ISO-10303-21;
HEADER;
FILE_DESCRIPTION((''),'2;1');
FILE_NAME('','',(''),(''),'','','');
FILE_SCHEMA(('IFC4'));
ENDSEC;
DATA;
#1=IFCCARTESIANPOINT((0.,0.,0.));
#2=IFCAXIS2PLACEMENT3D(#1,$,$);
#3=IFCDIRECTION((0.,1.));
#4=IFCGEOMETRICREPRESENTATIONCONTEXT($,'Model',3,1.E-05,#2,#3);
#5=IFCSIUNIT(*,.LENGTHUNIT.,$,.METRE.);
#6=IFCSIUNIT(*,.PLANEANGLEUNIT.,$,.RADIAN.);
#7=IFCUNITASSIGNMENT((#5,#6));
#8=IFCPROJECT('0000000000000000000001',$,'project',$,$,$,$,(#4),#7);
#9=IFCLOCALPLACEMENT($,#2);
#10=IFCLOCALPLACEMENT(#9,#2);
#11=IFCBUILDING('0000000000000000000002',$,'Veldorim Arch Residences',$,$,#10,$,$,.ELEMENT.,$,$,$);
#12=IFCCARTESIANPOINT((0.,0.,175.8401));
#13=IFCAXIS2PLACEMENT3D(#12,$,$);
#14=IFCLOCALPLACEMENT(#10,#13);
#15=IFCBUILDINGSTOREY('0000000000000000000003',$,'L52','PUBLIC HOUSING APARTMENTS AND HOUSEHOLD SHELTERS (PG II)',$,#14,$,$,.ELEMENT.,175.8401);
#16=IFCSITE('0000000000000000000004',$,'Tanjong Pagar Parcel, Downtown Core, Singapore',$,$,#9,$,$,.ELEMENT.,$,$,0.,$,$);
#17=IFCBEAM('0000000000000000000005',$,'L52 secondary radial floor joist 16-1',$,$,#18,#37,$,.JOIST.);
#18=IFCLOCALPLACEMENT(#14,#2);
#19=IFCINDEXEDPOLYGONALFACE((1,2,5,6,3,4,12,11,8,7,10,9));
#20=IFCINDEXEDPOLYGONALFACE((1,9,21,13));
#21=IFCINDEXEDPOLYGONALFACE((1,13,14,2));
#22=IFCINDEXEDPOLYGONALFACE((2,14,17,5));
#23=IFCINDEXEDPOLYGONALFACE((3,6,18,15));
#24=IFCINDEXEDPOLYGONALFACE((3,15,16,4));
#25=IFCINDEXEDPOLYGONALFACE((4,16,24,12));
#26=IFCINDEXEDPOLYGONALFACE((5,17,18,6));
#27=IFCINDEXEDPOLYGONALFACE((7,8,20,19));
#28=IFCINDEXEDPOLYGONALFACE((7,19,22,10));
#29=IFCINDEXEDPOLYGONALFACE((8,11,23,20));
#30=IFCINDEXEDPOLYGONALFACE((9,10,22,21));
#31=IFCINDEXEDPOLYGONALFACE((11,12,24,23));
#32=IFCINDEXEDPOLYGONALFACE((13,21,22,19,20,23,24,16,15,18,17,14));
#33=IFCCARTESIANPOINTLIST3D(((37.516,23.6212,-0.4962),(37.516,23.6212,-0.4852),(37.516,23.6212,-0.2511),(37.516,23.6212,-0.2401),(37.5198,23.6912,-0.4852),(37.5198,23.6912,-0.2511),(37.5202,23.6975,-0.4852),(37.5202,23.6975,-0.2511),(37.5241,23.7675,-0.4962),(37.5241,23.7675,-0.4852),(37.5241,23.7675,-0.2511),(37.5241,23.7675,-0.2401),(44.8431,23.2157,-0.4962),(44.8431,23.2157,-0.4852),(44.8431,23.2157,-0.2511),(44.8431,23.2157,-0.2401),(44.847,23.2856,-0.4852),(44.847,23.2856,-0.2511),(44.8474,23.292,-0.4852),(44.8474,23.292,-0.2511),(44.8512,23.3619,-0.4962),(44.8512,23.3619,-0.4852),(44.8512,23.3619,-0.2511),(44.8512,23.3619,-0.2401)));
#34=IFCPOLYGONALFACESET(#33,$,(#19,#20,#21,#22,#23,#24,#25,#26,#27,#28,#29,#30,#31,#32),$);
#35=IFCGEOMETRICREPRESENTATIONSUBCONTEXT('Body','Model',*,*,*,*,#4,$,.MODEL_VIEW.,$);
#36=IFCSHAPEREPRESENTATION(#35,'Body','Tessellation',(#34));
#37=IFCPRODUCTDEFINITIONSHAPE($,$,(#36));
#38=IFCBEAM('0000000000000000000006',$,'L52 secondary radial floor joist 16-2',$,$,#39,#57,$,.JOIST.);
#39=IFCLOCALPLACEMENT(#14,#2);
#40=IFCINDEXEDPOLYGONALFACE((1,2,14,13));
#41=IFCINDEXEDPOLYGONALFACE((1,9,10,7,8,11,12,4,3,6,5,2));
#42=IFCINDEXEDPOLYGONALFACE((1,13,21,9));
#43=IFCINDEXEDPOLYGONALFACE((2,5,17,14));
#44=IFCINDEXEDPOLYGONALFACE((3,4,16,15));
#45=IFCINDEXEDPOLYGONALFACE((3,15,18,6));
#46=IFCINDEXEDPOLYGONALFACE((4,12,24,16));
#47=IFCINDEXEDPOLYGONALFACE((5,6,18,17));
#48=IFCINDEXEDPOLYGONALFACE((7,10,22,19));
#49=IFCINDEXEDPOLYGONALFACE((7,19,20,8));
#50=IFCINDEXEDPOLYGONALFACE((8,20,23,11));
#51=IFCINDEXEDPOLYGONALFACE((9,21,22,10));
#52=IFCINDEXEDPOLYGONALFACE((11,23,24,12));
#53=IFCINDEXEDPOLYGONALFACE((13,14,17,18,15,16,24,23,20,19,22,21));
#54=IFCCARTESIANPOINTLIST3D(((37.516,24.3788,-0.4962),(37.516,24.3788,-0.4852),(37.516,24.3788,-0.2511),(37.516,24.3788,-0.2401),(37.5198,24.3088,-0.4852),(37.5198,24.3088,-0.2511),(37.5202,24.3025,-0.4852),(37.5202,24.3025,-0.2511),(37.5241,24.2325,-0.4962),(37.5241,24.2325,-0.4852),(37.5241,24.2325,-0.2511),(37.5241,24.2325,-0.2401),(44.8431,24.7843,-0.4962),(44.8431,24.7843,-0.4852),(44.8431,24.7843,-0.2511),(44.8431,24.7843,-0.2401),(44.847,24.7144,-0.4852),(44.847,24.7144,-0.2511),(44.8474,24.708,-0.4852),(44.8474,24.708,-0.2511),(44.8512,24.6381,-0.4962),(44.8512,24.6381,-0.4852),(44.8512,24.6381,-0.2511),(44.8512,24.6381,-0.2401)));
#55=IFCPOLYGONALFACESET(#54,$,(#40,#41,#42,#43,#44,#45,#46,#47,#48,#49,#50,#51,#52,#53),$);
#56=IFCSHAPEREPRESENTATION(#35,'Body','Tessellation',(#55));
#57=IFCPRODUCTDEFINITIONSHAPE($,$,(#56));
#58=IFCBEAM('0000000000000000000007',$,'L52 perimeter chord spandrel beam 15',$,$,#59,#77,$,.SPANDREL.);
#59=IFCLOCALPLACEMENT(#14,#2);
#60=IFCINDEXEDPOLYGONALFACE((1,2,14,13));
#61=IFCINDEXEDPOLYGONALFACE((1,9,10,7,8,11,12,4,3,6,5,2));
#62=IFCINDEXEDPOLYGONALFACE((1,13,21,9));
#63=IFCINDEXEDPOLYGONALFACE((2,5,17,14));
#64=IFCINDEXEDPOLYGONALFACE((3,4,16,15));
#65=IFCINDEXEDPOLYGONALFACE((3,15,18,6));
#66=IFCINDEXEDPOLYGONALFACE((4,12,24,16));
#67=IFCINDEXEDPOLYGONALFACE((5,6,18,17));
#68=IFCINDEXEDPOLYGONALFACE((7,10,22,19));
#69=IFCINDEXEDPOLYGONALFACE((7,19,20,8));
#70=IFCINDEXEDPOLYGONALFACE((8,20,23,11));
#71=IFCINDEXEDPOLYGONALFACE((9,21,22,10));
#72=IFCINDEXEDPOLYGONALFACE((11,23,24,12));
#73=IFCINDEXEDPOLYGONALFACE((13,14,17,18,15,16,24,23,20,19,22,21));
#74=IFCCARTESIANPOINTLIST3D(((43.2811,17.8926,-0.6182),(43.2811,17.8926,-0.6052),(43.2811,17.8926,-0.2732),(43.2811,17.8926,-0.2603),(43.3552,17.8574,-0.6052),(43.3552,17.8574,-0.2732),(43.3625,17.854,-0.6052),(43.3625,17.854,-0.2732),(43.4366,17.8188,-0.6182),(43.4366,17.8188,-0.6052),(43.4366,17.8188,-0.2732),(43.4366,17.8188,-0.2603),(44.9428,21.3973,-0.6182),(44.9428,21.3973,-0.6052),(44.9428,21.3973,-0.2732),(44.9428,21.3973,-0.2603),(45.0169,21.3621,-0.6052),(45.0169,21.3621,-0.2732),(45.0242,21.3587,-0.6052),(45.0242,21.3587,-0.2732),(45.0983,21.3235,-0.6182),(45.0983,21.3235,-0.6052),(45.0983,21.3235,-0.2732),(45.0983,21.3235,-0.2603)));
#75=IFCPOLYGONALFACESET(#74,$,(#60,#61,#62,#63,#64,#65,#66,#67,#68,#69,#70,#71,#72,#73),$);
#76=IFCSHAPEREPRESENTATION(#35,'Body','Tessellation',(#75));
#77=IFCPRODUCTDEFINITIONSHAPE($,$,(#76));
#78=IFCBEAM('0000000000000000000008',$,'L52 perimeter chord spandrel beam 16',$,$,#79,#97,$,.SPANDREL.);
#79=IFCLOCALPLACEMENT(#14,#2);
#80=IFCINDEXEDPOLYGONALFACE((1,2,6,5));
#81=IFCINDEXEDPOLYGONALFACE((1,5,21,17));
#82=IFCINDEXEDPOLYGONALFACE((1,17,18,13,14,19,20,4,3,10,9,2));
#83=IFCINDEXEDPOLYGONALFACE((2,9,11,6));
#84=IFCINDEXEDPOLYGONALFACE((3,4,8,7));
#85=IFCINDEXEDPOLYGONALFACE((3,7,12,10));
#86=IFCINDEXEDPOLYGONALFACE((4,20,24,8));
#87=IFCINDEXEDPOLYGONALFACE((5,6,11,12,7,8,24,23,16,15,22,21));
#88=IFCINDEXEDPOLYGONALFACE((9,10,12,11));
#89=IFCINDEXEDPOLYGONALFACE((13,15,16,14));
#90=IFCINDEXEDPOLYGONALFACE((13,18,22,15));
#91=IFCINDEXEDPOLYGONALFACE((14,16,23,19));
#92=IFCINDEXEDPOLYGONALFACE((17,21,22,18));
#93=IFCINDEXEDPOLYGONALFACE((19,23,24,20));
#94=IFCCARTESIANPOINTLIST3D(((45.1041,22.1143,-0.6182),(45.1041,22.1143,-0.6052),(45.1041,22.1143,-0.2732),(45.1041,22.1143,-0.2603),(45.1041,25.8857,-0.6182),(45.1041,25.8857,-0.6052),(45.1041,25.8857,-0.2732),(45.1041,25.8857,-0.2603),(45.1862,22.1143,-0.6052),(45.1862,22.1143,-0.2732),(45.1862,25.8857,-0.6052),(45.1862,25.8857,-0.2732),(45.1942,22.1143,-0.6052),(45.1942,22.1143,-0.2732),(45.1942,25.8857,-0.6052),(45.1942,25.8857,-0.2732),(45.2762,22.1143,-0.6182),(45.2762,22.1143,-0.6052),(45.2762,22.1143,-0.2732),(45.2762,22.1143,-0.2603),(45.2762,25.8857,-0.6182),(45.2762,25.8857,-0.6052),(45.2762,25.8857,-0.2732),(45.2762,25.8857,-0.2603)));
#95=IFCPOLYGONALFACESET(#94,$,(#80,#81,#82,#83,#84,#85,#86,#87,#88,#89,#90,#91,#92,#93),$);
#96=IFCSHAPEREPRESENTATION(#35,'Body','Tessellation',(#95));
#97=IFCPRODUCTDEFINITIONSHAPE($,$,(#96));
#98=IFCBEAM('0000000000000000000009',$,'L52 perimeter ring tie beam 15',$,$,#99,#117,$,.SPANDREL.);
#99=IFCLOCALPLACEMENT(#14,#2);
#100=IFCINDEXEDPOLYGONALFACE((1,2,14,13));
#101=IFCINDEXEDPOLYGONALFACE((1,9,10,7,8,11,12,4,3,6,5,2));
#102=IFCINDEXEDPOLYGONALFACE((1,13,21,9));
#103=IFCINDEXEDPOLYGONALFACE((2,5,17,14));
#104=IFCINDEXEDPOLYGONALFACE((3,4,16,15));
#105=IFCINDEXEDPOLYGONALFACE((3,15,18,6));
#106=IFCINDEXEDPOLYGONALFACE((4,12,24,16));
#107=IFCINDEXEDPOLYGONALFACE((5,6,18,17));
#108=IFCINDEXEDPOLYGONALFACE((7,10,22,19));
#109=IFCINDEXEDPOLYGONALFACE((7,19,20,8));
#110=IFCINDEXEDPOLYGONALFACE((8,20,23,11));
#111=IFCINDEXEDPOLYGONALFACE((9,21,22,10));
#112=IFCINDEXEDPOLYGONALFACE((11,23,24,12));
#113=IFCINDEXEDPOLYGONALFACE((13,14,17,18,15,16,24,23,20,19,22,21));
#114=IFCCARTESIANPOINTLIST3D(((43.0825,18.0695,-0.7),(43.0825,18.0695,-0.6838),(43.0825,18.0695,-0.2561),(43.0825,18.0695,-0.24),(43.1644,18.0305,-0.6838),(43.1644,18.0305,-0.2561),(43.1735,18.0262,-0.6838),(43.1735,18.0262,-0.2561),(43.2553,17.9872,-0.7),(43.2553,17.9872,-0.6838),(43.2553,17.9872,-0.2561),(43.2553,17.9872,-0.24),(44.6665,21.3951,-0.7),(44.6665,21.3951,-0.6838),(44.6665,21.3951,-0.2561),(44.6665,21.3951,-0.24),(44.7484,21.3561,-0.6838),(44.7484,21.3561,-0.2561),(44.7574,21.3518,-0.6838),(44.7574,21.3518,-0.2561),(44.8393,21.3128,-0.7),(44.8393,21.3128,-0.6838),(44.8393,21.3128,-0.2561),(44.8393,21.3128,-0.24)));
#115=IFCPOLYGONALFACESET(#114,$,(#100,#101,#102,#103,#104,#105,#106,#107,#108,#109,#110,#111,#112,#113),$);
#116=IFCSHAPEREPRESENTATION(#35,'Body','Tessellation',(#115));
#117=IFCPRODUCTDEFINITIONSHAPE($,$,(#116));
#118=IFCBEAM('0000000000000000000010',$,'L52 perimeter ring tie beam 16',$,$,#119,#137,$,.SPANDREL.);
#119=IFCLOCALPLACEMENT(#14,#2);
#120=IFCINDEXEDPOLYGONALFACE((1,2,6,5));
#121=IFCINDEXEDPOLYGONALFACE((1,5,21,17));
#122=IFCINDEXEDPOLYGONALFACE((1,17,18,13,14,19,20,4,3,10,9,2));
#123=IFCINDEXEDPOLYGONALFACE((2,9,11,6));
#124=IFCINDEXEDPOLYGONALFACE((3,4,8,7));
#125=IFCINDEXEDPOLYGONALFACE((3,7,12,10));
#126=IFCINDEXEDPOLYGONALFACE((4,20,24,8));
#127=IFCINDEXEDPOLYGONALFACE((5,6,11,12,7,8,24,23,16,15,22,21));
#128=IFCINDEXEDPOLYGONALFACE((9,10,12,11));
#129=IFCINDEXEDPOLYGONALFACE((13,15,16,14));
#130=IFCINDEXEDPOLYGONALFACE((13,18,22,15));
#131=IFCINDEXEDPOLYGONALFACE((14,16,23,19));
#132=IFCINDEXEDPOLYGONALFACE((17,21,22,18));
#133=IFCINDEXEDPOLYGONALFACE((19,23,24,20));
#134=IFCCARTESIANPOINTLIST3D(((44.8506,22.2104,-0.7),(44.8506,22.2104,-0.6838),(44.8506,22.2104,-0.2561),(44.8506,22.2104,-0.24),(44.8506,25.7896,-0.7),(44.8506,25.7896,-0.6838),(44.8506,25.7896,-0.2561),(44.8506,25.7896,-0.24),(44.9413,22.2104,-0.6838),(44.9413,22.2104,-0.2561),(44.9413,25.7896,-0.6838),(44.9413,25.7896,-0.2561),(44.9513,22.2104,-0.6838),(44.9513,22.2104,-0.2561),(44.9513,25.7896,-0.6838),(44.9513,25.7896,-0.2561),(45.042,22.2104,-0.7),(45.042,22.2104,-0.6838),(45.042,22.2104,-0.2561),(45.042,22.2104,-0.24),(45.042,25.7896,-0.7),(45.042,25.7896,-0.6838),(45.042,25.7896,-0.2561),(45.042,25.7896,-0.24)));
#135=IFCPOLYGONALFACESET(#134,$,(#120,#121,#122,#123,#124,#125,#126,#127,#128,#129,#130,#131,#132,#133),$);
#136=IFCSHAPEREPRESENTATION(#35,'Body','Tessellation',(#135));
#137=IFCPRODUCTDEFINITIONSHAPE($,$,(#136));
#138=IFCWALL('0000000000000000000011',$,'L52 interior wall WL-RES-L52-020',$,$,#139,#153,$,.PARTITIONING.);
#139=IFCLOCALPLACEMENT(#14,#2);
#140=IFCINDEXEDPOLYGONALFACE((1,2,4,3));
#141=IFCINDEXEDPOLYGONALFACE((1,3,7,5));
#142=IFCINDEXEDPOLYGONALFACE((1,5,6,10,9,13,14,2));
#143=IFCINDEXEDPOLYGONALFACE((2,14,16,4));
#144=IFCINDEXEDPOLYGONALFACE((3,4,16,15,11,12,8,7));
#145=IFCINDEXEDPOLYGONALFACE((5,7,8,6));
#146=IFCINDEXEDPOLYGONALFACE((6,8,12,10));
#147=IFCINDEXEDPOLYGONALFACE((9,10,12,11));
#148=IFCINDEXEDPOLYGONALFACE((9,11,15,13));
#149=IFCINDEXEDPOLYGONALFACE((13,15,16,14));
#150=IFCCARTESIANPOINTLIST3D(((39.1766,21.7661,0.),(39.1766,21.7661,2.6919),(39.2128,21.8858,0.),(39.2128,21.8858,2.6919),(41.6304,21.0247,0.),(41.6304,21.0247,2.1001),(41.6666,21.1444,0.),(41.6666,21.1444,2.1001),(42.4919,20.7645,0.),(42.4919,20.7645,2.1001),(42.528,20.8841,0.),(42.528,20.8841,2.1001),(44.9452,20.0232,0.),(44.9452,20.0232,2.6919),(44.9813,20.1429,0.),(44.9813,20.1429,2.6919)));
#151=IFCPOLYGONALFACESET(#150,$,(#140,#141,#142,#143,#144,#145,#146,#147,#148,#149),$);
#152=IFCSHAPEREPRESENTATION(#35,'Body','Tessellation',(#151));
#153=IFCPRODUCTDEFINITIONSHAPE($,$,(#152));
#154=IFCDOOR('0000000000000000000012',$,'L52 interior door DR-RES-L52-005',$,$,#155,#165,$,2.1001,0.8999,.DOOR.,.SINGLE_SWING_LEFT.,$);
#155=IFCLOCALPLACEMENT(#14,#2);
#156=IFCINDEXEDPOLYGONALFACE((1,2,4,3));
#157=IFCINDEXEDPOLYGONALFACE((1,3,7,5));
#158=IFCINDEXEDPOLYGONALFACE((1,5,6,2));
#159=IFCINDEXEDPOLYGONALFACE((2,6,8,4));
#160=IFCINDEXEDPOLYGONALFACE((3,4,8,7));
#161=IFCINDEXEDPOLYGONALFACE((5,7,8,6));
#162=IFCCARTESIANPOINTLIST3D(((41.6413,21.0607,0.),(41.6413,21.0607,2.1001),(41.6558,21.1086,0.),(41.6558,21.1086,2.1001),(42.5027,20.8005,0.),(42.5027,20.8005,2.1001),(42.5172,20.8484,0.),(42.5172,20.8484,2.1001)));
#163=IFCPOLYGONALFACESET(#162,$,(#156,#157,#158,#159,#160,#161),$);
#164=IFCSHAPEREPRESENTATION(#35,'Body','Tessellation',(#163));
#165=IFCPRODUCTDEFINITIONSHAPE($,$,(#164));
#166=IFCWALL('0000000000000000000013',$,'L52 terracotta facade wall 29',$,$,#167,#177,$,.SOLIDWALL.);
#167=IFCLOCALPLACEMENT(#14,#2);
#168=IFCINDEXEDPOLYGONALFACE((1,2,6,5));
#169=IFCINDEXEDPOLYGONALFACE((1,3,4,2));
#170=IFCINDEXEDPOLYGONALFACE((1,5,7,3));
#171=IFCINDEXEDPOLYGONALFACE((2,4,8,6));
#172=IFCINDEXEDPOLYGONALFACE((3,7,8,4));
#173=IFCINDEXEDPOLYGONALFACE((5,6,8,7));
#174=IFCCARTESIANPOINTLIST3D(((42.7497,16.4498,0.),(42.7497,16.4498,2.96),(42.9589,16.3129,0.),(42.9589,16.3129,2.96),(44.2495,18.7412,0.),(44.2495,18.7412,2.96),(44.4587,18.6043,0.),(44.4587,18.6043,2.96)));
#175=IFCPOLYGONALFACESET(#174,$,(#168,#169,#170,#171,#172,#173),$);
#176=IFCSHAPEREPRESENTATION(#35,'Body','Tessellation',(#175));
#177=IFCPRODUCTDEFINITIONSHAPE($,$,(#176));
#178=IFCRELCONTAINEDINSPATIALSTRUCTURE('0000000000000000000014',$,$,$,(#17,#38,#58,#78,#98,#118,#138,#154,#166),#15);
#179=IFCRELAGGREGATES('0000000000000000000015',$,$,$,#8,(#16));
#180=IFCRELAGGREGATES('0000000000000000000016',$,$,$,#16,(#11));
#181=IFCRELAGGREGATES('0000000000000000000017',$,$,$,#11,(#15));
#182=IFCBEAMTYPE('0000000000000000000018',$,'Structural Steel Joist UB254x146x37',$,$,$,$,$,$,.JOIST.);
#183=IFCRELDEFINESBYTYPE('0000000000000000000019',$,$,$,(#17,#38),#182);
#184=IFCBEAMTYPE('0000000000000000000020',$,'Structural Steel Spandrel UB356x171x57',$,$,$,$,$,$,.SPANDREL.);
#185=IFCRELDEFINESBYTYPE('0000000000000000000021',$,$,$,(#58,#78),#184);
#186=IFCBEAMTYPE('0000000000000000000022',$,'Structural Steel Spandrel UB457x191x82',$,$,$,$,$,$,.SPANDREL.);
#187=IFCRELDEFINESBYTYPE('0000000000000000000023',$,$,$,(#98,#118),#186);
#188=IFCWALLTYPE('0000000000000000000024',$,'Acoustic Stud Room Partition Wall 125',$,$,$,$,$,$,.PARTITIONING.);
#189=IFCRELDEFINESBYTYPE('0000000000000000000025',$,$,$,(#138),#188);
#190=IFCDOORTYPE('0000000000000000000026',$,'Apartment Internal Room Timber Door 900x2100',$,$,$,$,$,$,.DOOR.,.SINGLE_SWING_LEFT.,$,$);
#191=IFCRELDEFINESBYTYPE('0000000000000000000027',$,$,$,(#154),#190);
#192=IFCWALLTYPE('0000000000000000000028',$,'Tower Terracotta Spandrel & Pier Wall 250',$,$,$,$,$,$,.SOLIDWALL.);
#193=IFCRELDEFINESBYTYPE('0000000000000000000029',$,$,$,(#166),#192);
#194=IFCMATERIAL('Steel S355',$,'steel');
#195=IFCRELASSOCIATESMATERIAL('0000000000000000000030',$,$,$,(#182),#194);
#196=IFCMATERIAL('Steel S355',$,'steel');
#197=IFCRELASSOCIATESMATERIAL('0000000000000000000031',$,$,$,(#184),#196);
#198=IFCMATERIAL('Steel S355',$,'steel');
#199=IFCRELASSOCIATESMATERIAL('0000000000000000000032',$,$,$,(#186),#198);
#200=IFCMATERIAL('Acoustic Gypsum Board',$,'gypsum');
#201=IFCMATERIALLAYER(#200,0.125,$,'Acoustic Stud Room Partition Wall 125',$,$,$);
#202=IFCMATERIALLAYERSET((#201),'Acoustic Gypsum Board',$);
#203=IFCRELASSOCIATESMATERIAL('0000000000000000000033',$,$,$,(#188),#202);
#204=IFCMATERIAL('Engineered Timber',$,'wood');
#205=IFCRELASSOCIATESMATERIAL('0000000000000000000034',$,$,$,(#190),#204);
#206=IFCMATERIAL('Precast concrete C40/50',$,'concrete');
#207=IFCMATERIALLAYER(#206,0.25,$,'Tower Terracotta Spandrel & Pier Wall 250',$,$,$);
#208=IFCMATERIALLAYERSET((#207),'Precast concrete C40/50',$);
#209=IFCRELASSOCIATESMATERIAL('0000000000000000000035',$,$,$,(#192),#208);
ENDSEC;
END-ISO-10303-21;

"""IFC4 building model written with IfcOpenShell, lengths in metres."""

from ifc_helpers import new_model, si_unit, direction, frame, frame_2d, origin, origin_2d, place, context, subcontext, project, spatial, rectangle, i_section, extrude, material, layer, layer_set, material_profile, profile_set, type_object, element, fill, save


model = new_model("IFC4")

# Units and contexts
model_context = context("Model", 3, precision=1e-05, world=origin(), true_north=direction((0.0, 1.0)))
body_context = subcontext(model_context, "Body", "Model", "MODEL_VIEW")
ifc_project = project(units=[si_unit("LENGTHUNIT", "METRE"), si_unit("PLANEANGLEUNIT", "RADIAN")], contexts=[model_context])

# Site, building, storey
site_placement = place(None, origin())
site = spatial("IfcSite", under=ifc_project, at=site_placement, Name="Tanjong Pagar Parcel, Downtown Core, Singapore", CompositionType="ELEMENT", RefElevation=0.0)
building_placement = place(site_placement, origin())
building = spatial("IfcBuilding", under=site, at=building_placement, Name="Veldorim Arch Residences", CompositionType="ELEMENT")
storey_placement = place(building_placement, frame((0.0, 0.0, 175.8401)))
storey = spatial("IfcBuildingStorey", under=building, at=storey_placement, Name="L52", Description="PUBLIC HOUSING APARTMENTS AND HOUSEHOLD SHELTERS (PG II)", CompositionType="ELEMENT", Elevation=175.8401)

# Beams
ifc_material_1 = material(Name="Steel S355", Category="steel")
ifc_material_profile_1 = material_profile(ifc_material_1, i_section(OverallWidth=0.1465, OverallDepth=0.2561, WebThickness=0.0063, FlangeThickness=0.011, at=origin_2d()), Name="UB254x146x37")
ifc_profile_set_1 = profile_set([ifc_material_profile_1], Name="Steel S355")
beam_type_1 = type_object("IfcBeamType", Name="Structural Steel Joist UB254x146x37", PredefinedType="JOIST", material=ifc_profile_set_1)
for number, where, z_axis, x_axis, name in (
    (1, (37.52, 23.6943, -0.3682), (0.998472, -0.05526, 0.0), (0.05526, 0.998472, 0.0), "L52 secondary radial floor joist 16-1"),
    (2, (37.52, 24.3057, -0.3682), (0.998472, 0.05526, 0.0), (-0.05526, 0.998472, 0.0), "L52 secondary radial floor joist 16-2"),
):
    element("IfcBeam", number, at=place(storey_placement, frame(where, z_axis=z_axis, x_axis=x_axis)), inside=storey, type_object=beam_type_1, Name=name, PredefinedType="JOIST", context=body_context, shape_type="SweptSolid", body=[
        extrude(i_section(OverallWidth=0.1465, OverallDepth=0.2561, WebThickness=0.0063, FlangeThickness=0.011, at=origin_2d()), origin(), (0.0, 0.0, 1.0), 7.3384),
    ])
ifc_material_2 = material(Name="Steel S355", Category="steel")
ifc_material_profile_2 = material_profile(ifc_material_2, i_section(OverallWidth=0.1721, OverallDepth=0.3579, WebThickness=0.0081, FlangeThickness=0.0129, at=origin_2d()), Name="UB356x171x57")
ifc_profile_set_2 = profile_set([ifc_material_profile_2], Name="Steel S355")
beam_type_2 = type_object("IfcBeamType", Name="Structural Steel Spandrel UB356x171x57", PredefinedType="SPANDREL", material=ifc_profile_set_2)
beam_1_placement = place(storey_placement, frame((43.3589, 17.8557, -0.4392), z_axis=(0.428408, 0.903585, 0.0), x_axis=(-0.903585, 0.428408, 0.0)))
element("IfcBeam", 3, at=beam_1_placement, inside=storey, type_object=beam_type_2, Name="L52 perimeter chord spandrel beam 15", PredefinedType="SPANDREL", context=body_context, shape_type="SweptSolid", body=[
    extrude(i_section(OverallWidth=0.1721, OverallDepth=0.3579, WebThickness=0.0081, FlangeThickness=0.0129, at=origin_2d()), origin(), (0.0, 0.0, 1.0), 3.8787),
])
beam_2_placement = place(storey_placement, frame((45.1902, 22.1143, -0.4392), z_axis=(0.0, 1.0, 0.0), x_axis=(-1.0, 0.0, 0.0)))
element("IfcBeam", 4, at=beam_2_placement, inside=storey, type_object=beam_type_2, Name="L52 perimeter chord spandrel beam 16", PredefinedType="SPANDREL", context=body_context, shape_type="SweptSolid", body=[
    extrude(i_section(OverallWidth=0.1721, OverallDepth=0.3579, WebThickness=0.0081, FlangeThickness=0.0129, at=origin_2d()), origin(), (0.0, 0.0, 1.0), 3.7715),
])
ifc_material_3 = material(Name="Steel S355", Category="steel")
ifc_material_profile_3 = material_profile(ifc_material_3, i_section(OverallWidth=0.1914, OverallDepth=0.46, WebThickness=0.01, FlangeThickness=0.0161, at=origin_2d()), Name="UB457x191x82")
ifc_profile_set_3 = profile_set([ifc_material_profile_3], Name="Steel S355")
beam_type_3 = type_object("IfcBeamType", Name="Structural Steel Spandrel UB457x191x82", PredefinedType="SPANDREL", material=ifc_profile_set_3)
beam_3_placement = place(storey_placement, frame((43.1689, 18.0283, -0.47), z_axis=(0.430006, 0.902826, 0.0), x_axis=(-0.902826, 0.430006, 0.0)))
element("IfcBeam", 5, at=beam_3_placement, inside=storey, type_object=beam_type_3, Name="L52 perimeter ring tie beam 15", PredefinedType="SPANDREL", context=body_context, shape_type="SweptSolid", body=[
    extrude(i_section(OverallWidth=0.1914, OverallDepth=0.46, WebThickness=0.01, FlangeThickness=0.0161, at=origin_2d()), origin(), (0.0, 0.0, 1.0), 3.6836),
])
beam_4_placement = place(storey_placement, frame((44.9463, 22.2104, -0.47), z_axis=(0.0, 1.0, 0.0), x_axis=(-1.0, 0.0, 0.0)))
element("IfcBeam", 6, at=beam_4_placement, inside=storey, type_object=beam_type_3, Name="L52 perimeter ring tie beam 16", PredefinedType="SPANDREL", context=body_context, shape_type="SweptSolid", body=[
    extrude(i_section(OverallWidth=0.1914, OverallDepth=0.46, WebThickness=0.01, FlangeThickness=0.0161, at=origin_2d()), origin(), (0.0, 0.0, 1.0), 3.5791),
])

# Wall, opening, door
ifc_material_4 = material(Name="Acoustic Gypsum Board", Category="gypsum")
ifc_layer_1 = layer(ifc_material_4, 0.125, Name="Acoustic Stud Room Partition Wall 125")
ifc_layer_set_1 = layer_set([ifc_layer_1], Name="Acoustic Gypsum Board")
wall_type_1 = type_object("IfcWallType", Name="Acoustic Stud Room Partition Wall 125", PredefinedType="PARTITIONING", material=ifc_layer_set_1)
wall_1_placement = place(storey_placement, frame((44.9634, 20.083, 0.0), z_axis=(0.0, 0.0, 1.0), x_axis=(-0.95726, 0.289228, 0.0)))
wall_1 = element("IfcWall", 7, at=wall_1_placement, inside=storey, type_object=wall_type_1, Name="L52 interior wall WL-RES-L52-020", PredefinedType="PARTITIONING", context=body_context, shape_type="SweptSolid", body=[
    extrude(rectangle(XDim=6.0261, YDim=0.125, at=frame_2d((3.0132, 0.0))), origin(), (0.0, 0.0, 1.0), 2.6919),
])
opening_1_placement = place(wall_1_placement, frame((2.563, 0.0, 0.0)))
opening_1 = element("IfcOpeningElement", 8, at=opening_1_placement, cuts=wall_1, PredefinedType="OPENING", context=body_context, shape_type="SweptSolid", body=[
    extrude(rectangle(XDim=0.8999, YDim=2.1001, at=frame_2d((0.45, 1.05))), frame((0.0, 0.0725, 0.0), z_axis=(0.0, -1.0, 0.0), x_axis=(1.0, 0.0, 0.0)), (0.0, 0.0, 1.0), 0.145),
])
ifc_material_5 = material(Name="Engineered Timber", Category="wood")
door_type_1 = type_object("IfcDoorType", Name="Apartment Internal Room Timber Door 900x2100", OperationType="SINGLE_SWING_LEFT", PredefinedType="DOOR", material=ifc_material_5)
door_1_placement = place(opening_1_placement, origin())
door_1 = element("IfcDoor", 9, at=door_1_placement, inside=storey, type_object=door_type_1, Name="L52 interior door DR-RES-L52-005", OperationType="SINGLE_SWING_LEFT", OverallHeight=2.1001, OverallWidth=0.8999, PredefinedType="DOOR", context=body_context, shape_type="SweptSolid", body=[
    extrude(rectangle(XDim=0.8999, YDim=2.1001, at=frame_2d((0.45, 1.05))), frame((0.0, 0.0249, 0.0), z_axis=(0.0, -1.0, 0.0), x_axis=(1.0, 0.0, 0.0)), (0.0, 0.0, 1.0), 0.05),
])
fill(opening_1, door_1)

# Wall
ifc_material_6 = material(Name="Precast concrete C40/50", Category="concrete")
ifc_layer_2 = layer(ifc_material_6, 0.25, Name="Tower Terracotta Spandrel & Pier Wall 250")
ifc_layer_set_2 = layer_set([ifc_layer_2], Name="Precast concrete C40/50")
wall_type_2 = type_object("IfcWallType", Name="Tower Terracotta Spandrel & Pier Wall 250", PredefinedType="SOLIDWALL", material=ifc_layer_set_2)
wall_2_placement = place(storey_placement, frame((44.354, 18.6726, 0.0), z_axis=(0.0, 0.0, 1.0), x_axis=(-0.547665, -0.836698, 0.0)))
element("IfcWall", 10, at=wall_2_placement, inside=storey, type_object=wall_type_2, Name="L52 terracotta facade wall 29", PredefinedType="SOLIDWALL", context=body_context, shape_type="SweptSolid", body=[
    extrude(rectangle(XDim=2.7385, YDim=0.25, at=frame_2d((1.3691, 0.0))), origin(), (0.0, 0.0, 1.0), 2.96),
])

save(model, "model.ifc")
